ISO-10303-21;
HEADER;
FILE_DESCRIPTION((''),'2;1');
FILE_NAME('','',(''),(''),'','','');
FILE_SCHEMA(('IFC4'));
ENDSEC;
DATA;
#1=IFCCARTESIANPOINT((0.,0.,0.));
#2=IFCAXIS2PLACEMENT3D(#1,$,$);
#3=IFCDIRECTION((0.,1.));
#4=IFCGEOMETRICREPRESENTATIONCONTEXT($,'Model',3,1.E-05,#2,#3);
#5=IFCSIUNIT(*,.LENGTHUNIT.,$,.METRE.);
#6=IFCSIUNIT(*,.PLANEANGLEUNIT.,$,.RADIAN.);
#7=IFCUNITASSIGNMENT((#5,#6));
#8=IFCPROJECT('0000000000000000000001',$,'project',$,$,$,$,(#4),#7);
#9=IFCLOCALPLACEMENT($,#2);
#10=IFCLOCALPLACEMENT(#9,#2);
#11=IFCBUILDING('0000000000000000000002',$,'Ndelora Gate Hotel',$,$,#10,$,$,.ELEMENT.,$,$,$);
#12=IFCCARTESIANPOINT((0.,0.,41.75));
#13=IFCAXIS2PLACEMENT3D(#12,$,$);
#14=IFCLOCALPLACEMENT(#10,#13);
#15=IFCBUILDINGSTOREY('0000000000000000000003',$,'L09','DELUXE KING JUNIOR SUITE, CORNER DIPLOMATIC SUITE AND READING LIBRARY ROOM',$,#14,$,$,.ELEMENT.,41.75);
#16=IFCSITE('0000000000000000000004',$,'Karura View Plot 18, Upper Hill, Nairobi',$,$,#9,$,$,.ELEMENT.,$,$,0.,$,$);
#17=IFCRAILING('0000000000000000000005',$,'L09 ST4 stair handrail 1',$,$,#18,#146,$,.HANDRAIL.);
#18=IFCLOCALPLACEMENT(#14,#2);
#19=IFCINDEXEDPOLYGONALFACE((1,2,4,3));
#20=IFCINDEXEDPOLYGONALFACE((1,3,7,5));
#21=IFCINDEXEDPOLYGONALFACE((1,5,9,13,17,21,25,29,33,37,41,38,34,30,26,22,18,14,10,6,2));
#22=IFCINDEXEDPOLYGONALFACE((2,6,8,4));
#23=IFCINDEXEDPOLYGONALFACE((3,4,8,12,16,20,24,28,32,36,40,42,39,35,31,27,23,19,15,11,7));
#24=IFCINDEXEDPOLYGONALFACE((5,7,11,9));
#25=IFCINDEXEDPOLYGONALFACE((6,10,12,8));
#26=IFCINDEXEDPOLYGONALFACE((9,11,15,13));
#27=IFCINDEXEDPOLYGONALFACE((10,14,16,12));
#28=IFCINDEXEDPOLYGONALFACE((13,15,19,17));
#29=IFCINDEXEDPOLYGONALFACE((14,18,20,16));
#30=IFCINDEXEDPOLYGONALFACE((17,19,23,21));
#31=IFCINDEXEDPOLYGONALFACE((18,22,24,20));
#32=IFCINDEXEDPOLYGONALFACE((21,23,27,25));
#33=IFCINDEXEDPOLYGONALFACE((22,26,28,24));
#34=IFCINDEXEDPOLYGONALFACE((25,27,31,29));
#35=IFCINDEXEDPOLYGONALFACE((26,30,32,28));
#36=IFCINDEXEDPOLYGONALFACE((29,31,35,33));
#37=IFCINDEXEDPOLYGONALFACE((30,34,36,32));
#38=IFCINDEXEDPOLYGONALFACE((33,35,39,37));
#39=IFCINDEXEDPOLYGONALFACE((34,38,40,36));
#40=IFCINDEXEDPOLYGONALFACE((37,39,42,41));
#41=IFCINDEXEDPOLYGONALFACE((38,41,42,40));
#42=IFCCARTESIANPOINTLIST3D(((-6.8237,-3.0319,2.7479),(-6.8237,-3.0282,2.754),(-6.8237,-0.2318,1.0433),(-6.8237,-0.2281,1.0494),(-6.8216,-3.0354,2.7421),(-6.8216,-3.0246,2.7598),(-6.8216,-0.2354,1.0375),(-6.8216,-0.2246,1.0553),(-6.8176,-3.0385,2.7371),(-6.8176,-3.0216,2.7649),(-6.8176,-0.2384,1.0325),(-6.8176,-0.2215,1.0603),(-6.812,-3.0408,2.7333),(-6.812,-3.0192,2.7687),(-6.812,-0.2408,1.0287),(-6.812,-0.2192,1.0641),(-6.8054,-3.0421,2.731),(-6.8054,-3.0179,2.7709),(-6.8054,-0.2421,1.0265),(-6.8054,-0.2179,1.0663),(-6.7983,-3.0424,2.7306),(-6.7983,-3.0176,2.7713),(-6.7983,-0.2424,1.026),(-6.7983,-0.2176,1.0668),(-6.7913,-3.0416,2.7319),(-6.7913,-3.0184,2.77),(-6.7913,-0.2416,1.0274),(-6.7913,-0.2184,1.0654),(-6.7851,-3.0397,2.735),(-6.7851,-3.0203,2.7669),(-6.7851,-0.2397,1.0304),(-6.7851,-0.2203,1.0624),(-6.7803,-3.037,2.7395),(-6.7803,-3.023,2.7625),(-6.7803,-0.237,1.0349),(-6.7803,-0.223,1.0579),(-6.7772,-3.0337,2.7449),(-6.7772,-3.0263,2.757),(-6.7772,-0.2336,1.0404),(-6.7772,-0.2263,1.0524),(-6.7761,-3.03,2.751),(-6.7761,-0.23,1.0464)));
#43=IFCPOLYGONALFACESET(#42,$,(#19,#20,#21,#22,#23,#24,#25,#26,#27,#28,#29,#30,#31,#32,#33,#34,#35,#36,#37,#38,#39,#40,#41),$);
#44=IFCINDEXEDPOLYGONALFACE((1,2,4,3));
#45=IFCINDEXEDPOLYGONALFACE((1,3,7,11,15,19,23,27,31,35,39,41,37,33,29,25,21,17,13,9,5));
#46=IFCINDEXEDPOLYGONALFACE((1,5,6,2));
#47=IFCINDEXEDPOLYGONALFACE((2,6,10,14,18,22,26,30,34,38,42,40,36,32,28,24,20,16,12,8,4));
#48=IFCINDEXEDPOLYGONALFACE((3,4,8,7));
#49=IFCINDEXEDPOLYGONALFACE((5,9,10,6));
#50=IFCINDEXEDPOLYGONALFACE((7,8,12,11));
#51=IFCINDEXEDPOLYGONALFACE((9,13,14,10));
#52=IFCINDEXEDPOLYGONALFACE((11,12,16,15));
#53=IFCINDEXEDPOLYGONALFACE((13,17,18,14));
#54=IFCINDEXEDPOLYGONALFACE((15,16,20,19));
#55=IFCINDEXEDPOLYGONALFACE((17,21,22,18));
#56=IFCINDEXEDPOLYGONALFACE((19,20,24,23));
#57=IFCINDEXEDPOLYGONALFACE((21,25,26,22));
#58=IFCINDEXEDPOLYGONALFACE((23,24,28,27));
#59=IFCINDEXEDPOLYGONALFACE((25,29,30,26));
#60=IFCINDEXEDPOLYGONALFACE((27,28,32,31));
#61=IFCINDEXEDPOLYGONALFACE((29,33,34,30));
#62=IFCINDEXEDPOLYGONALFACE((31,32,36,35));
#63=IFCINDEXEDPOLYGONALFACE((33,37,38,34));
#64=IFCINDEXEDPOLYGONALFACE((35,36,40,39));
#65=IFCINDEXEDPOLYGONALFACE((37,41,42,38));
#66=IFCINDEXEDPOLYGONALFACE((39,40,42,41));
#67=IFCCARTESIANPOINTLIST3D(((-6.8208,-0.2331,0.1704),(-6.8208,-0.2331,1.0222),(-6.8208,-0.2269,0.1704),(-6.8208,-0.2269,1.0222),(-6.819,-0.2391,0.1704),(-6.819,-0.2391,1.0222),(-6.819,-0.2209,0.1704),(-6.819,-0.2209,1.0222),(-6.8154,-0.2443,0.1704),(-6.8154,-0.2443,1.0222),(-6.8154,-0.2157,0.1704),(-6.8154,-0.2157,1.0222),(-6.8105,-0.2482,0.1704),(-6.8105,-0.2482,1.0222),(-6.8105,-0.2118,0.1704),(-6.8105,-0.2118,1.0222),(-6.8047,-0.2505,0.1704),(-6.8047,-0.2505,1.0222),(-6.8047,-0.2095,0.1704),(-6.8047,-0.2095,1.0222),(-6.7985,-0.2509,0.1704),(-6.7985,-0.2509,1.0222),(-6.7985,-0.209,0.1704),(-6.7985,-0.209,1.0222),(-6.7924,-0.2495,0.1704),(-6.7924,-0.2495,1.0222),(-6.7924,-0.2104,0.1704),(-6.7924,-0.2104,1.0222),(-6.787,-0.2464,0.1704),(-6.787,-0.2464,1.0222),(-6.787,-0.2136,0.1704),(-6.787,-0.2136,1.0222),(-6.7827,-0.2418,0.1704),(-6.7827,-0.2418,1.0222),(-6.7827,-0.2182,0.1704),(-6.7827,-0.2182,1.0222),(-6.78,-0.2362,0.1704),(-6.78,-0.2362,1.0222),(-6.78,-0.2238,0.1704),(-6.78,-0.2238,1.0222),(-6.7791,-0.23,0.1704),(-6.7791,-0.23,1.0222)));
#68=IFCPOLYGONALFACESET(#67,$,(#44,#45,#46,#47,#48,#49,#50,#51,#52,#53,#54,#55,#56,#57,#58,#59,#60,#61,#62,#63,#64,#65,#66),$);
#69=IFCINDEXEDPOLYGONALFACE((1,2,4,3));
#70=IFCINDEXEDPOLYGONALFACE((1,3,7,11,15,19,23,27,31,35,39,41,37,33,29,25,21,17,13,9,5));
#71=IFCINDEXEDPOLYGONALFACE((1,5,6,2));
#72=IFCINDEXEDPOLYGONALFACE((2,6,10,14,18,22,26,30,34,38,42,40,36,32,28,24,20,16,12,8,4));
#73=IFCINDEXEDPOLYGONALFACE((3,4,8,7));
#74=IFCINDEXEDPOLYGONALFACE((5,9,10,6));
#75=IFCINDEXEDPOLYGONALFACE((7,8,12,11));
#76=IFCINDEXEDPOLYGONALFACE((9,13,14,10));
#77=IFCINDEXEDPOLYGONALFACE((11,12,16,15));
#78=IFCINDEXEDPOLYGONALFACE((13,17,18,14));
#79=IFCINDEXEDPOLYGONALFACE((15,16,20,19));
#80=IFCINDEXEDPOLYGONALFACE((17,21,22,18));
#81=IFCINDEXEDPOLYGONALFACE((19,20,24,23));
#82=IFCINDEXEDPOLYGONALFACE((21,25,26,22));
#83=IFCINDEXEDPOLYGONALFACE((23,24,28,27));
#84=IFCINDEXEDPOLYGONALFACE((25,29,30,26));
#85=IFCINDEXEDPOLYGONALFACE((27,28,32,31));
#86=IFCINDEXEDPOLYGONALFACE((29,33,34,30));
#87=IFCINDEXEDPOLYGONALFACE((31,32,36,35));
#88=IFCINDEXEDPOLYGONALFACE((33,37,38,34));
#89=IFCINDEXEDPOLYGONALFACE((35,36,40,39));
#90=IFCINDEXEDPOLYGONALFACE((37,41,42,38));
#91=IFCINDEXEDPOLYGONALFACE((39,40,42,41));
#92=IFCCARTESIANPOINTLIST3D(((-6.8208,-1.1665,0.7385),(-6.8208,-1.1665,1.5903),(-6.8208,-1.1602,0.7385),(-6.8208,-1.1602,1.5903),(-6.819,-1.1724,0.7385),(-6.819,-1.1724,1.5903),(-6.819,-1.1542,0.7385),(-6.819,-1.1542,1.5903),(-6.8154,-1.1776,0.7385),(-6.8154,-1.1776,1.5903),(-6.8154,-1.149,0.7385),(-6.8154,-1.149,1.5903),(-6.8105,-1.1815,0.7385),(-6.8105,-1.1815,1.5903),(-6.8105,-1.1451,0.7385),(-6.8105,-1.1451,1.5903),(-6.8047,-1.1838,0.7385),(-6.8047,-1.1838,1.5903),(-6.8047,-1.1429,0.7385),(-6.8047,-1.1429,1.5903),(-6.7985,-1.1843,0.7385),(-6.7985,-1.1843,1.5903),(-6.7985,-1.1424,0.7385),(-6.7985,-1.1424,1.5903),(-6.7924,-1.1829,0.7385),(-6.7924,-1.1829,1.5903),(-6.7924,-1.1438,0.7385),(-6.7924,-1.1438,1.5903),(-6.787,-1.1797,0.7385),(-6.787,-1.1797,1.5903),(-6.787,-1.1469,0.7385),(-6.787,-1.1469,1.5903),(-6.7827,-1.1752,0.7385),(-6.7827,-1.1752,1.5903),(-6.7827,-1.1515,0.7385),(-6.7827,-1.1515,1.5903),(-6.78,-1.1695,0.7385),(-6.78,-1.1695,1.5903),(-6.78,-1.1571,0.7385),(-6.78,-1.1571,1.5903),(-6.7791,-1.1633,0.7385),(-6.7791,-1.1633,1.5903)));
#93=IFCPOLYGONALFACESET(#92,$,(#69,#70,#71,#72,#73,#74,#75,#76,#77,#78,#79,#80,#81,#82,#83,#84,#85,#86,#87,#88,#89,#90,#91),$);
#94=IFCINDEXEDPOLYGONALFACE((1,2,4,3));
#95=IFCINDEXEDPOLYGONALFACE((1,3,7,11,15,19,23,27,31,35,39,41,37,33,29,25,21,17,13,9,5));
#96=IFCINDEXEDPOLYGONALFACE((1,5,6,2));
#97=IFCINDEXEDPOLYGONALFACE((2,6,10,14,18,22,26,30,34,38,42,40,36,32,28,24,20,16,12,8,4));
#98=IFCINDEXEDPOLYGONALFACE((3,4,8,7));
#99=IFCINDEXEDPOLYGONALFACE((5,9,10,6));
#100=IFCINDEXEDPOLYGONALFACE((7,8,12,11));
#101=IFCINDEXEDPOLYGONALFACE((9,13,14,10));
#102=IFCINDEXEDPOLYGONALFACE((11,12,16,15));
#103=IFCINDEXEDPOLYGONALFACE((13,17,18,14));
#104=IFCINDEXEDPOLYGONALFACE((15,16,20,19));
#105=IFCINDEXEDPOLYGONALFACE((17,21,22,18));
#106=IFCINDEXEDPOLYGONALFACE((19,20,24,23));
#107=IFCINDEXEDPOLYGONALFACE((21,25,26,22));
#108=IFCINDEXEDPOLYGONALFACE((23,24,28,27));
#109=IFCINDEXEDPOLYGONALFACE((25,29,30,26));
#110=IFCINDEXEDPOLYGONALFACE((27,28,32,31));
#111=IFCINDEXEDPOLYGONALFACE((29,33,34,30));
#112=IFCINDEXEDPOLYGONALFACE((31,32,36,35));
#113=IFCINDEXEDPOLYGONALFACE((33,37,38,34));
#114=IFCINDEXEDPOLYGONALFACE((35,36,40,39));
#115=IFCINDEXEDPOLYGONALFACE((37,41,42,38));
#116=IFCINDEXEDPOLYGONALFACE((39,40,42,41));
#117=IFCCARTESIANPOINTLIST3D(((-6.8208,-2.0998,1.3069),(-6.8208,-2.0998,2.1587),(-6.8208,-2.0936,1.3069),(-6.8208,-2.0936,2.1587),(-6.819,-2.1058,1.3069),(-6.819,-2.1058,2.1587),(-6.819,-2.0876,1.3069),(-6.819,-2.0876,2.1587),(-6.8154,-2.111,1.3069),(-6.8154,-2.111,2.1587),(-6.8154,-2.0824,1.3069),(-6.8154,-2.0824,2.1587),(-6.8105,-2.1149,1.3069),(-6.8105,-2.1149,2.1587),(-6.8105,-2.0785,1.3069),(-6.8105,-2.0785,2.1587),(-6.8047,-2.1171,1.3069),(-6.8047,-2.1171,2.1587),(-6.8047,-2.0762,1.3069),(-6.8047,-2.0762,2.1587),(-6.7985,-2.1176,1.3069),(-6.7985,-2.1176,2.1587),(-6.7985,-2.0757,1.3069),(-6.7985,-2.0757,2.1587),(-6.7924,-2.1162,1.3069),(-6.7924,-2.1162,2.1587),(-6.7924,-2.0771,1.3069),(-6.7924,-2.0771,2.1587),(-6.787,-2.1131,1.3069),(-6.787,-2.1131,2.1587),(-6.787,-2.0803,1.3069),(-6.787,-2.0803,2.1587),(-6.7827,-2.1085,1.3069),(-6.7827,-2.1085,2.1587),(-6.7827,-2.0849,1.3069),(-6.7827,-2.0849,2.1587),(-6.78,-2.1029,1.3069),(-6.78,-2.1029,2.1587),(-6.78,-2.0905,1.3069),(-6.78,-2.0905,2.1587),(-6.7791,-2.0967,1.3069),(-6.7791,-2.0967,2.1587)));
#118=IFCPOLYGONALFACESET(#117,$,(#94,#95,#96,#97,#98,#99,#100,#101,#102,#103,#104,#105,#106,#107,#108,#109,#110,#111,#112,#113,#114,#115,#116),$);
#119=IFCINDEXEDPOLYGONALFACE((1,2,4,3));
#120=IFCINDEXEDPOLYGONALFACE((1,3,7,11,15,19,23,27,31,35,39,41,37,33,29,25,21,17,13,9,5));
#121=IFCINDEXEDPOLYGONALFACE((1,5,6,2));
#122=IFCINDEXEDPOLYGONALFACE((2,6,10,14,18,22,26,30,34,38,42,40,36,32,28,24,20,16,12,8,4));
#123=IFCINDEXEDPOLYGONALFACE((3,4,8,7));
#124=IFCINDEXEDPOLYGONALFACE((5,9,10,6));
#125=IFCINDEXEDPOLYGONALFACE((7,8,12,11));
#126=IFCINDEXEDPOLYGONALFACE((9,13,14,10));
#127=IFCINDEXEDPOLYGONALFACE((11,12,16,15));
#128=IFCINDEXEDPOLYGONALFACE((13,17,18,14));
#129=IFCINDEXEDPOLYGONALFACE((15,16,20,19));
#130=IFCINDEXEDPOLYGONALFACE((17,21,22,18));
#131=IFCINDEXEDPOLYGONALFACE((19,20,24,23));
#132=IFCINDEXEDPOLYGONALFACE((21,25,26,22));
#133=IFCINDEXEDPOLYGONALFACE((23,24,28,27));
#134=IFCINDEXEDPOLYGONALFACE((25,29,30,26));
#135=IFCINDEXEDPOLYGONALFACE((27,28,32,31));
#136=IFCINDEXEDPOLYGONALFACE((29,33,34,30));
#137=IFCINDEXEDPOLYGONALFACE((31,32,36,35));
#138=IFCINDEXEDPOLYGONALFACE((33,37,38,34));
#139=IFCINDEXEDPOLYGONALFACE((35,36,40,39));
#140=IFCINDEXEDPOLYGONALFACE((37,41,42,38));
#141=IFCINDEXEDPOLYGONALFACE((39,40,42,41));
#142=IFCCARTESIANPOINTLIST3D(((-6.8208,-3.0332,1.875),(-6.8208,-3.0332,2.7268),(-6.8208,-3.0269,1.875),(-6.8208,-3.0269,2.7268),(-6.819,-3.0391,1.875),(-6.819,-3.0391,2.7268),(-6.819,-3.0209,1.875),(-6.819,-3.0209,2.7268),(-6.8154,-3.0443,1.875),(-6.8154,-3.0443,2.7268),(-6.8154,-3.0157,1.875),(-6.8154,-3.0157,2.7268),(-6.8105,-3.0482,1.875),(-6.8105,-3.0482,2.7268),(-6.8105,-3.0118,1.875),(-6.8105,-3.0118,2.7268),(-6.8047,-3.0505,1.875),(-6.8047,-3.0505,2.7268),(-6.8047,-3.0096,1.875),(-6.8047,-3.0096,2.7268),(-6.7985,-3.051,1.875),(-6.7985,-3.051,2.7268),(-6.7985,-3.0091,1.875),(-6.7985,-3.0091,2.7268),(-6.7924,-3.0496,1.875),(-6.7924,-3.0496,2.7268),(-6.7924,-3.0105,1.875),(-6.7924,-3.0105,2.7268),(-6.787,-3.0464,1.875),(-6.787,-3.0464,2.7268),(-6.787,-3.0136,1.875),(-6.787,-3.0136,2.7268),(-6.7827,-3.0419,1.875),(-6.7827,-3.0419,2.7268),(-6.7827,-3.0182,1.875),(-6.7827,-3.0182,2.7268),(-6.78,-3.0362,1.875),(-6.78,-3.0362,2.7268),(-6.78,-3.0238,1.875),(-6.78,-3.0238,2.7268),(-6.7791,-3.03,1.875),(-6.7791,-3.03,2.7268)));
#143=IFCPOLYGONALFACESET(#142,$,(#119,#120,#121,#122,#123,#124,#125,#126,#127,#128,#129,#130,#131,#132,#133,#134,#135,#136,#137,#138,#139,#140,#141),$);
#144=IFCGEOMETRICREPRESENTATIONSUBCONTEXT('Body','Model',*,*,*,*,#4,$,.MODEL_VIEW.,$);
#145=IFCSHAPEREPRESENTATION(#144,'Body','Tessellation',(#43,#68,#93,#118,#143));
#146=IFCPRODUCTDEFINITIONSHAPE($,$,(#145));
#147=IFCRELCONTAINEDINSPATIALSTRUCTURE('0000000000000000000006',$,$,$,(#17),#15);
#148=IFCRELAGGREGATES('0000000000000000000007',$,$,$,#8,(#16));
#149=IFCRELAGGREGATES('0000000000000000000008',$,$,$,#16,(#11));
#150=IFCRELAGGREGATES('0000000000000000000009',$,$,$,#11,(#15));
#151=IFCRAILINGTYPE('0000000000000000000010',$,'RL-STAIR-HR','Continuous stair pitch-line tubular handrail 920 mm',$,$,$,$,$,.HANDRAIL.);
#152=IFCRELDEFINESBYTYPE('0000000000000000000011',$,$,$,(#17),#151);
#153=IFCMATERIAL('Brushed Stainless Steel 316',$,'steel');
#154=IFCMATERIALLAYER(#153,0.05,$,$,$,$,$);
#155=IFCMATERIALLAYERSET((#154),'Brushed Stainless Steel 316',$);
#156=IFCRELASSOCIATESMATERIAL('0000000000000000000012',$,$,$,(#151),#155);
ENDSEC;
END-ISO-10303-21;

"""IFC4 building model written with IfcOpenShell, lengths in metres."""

from ifc_helpers import new_model, si_unit, direction, frame, origin, origin_2d, place, context, subcontext, project, spatial, circle, extrude, material, layer, layer_set, type_object, element, save


model = new_model("IFC4")

# Units and contexts
model_context = context("Model", 3, precision=1e-05, world=origin(), true_north=direction((0.0, 1.0)))
body_context = subcontext(model_context, "Body", "Model", "MODEL_VIEW")
ifc_project = project(units=[si_unit("LENGTHUNIT", "METRE"), si_unit("PLANEANGLEUNIT", "RADIAN")], contexts=[model_context])

# Site, building, storey
site_placement = place(None, origin())
site = spatial("IfcSite", under=ifc_project, at=site_placement, Name="Karura View Plot 18, Upper Hill, Nairobi", CompositionType="ELEMENT", RefElevation=0.0)
building_placement = place(site_placement, origin())
building = spatial("IfcBuilding", under=site, at=building_placement, Name="Ndelora Gate Hotel", CompositionType="ELEMENT")
storey_placement = place(building_placement, frame((0.0, 0.0, 41.75)))
storey = spatial("IfcBuildingStorey", under=building, at=storey_placement, Name="L09", Description="DELUXE KING JUNIOR SUITE, CORNER DIPLOMATIC SUITE AND READING LIBRARY ROOM", CompositionType="ELEMENT", Elevation=41.75)

# Railing
ifc_material_1 = material(Name="Brushed Stainless Steel 316", Category="steel")
ifc_layer_1 = layer(ifc_material_1, 0.05)
ifc_layer_set_1 = layer_set([ifc_layer_1], Name="Brushed Stainless Steel 316")
railing_type_1 = type_object("IfcRailingType", Name="RL-STAIR-HR", Description="Continuous stair pitch-line tubular handrail 920 mm", PredefinedType="HANDRAIL", material=ifc_layer_set_1)
railing_1_placement = place(storey_placement, frame((-6.8, -0.23, 0.1704)))
element("IfcRailing", 1, at=railing_1_placement, inside=storey, type_object=railing_type_1, Name="L09 ST4 stair handrail 1", PredefinedType="HANDRAIL", context=body_context, shape_type="SweptSolid", body=[
    extrude(circle(Radius=0.0239, at=origin_2d()), frame((0.0, 0.0, 0.876), z_axis=(0.0, -0.85417, 0.519994), x_axis=(1.0, 0.0, 0.0)), (0.0, 0.0, 1.0), 3.2781),
    extrude(circle(Radius=0.021, at=origin_2d()), origin(), (0.0, 0.0, 1.0), 0.8518),
    extrude(circle(Radius=0.021, at=origin_2d()), frame((0.0, -0.9333, 0.5681)), (0.0, 0.0, 1.0), 0.8518),
    extrude(circle(Radius=0.021, at=origin_2d()), frame((0.0, -1.8667, 1.1365)), (0.0, 0.0, 1.0), 0.8518),
    extrude(circle(Radius=0.021, at=origin_2d()), frame((0.0, -2.8, 1.7046)), (0.0, 0.0, 1.0), 0.8518),
])

save(model, "model.ifc")
